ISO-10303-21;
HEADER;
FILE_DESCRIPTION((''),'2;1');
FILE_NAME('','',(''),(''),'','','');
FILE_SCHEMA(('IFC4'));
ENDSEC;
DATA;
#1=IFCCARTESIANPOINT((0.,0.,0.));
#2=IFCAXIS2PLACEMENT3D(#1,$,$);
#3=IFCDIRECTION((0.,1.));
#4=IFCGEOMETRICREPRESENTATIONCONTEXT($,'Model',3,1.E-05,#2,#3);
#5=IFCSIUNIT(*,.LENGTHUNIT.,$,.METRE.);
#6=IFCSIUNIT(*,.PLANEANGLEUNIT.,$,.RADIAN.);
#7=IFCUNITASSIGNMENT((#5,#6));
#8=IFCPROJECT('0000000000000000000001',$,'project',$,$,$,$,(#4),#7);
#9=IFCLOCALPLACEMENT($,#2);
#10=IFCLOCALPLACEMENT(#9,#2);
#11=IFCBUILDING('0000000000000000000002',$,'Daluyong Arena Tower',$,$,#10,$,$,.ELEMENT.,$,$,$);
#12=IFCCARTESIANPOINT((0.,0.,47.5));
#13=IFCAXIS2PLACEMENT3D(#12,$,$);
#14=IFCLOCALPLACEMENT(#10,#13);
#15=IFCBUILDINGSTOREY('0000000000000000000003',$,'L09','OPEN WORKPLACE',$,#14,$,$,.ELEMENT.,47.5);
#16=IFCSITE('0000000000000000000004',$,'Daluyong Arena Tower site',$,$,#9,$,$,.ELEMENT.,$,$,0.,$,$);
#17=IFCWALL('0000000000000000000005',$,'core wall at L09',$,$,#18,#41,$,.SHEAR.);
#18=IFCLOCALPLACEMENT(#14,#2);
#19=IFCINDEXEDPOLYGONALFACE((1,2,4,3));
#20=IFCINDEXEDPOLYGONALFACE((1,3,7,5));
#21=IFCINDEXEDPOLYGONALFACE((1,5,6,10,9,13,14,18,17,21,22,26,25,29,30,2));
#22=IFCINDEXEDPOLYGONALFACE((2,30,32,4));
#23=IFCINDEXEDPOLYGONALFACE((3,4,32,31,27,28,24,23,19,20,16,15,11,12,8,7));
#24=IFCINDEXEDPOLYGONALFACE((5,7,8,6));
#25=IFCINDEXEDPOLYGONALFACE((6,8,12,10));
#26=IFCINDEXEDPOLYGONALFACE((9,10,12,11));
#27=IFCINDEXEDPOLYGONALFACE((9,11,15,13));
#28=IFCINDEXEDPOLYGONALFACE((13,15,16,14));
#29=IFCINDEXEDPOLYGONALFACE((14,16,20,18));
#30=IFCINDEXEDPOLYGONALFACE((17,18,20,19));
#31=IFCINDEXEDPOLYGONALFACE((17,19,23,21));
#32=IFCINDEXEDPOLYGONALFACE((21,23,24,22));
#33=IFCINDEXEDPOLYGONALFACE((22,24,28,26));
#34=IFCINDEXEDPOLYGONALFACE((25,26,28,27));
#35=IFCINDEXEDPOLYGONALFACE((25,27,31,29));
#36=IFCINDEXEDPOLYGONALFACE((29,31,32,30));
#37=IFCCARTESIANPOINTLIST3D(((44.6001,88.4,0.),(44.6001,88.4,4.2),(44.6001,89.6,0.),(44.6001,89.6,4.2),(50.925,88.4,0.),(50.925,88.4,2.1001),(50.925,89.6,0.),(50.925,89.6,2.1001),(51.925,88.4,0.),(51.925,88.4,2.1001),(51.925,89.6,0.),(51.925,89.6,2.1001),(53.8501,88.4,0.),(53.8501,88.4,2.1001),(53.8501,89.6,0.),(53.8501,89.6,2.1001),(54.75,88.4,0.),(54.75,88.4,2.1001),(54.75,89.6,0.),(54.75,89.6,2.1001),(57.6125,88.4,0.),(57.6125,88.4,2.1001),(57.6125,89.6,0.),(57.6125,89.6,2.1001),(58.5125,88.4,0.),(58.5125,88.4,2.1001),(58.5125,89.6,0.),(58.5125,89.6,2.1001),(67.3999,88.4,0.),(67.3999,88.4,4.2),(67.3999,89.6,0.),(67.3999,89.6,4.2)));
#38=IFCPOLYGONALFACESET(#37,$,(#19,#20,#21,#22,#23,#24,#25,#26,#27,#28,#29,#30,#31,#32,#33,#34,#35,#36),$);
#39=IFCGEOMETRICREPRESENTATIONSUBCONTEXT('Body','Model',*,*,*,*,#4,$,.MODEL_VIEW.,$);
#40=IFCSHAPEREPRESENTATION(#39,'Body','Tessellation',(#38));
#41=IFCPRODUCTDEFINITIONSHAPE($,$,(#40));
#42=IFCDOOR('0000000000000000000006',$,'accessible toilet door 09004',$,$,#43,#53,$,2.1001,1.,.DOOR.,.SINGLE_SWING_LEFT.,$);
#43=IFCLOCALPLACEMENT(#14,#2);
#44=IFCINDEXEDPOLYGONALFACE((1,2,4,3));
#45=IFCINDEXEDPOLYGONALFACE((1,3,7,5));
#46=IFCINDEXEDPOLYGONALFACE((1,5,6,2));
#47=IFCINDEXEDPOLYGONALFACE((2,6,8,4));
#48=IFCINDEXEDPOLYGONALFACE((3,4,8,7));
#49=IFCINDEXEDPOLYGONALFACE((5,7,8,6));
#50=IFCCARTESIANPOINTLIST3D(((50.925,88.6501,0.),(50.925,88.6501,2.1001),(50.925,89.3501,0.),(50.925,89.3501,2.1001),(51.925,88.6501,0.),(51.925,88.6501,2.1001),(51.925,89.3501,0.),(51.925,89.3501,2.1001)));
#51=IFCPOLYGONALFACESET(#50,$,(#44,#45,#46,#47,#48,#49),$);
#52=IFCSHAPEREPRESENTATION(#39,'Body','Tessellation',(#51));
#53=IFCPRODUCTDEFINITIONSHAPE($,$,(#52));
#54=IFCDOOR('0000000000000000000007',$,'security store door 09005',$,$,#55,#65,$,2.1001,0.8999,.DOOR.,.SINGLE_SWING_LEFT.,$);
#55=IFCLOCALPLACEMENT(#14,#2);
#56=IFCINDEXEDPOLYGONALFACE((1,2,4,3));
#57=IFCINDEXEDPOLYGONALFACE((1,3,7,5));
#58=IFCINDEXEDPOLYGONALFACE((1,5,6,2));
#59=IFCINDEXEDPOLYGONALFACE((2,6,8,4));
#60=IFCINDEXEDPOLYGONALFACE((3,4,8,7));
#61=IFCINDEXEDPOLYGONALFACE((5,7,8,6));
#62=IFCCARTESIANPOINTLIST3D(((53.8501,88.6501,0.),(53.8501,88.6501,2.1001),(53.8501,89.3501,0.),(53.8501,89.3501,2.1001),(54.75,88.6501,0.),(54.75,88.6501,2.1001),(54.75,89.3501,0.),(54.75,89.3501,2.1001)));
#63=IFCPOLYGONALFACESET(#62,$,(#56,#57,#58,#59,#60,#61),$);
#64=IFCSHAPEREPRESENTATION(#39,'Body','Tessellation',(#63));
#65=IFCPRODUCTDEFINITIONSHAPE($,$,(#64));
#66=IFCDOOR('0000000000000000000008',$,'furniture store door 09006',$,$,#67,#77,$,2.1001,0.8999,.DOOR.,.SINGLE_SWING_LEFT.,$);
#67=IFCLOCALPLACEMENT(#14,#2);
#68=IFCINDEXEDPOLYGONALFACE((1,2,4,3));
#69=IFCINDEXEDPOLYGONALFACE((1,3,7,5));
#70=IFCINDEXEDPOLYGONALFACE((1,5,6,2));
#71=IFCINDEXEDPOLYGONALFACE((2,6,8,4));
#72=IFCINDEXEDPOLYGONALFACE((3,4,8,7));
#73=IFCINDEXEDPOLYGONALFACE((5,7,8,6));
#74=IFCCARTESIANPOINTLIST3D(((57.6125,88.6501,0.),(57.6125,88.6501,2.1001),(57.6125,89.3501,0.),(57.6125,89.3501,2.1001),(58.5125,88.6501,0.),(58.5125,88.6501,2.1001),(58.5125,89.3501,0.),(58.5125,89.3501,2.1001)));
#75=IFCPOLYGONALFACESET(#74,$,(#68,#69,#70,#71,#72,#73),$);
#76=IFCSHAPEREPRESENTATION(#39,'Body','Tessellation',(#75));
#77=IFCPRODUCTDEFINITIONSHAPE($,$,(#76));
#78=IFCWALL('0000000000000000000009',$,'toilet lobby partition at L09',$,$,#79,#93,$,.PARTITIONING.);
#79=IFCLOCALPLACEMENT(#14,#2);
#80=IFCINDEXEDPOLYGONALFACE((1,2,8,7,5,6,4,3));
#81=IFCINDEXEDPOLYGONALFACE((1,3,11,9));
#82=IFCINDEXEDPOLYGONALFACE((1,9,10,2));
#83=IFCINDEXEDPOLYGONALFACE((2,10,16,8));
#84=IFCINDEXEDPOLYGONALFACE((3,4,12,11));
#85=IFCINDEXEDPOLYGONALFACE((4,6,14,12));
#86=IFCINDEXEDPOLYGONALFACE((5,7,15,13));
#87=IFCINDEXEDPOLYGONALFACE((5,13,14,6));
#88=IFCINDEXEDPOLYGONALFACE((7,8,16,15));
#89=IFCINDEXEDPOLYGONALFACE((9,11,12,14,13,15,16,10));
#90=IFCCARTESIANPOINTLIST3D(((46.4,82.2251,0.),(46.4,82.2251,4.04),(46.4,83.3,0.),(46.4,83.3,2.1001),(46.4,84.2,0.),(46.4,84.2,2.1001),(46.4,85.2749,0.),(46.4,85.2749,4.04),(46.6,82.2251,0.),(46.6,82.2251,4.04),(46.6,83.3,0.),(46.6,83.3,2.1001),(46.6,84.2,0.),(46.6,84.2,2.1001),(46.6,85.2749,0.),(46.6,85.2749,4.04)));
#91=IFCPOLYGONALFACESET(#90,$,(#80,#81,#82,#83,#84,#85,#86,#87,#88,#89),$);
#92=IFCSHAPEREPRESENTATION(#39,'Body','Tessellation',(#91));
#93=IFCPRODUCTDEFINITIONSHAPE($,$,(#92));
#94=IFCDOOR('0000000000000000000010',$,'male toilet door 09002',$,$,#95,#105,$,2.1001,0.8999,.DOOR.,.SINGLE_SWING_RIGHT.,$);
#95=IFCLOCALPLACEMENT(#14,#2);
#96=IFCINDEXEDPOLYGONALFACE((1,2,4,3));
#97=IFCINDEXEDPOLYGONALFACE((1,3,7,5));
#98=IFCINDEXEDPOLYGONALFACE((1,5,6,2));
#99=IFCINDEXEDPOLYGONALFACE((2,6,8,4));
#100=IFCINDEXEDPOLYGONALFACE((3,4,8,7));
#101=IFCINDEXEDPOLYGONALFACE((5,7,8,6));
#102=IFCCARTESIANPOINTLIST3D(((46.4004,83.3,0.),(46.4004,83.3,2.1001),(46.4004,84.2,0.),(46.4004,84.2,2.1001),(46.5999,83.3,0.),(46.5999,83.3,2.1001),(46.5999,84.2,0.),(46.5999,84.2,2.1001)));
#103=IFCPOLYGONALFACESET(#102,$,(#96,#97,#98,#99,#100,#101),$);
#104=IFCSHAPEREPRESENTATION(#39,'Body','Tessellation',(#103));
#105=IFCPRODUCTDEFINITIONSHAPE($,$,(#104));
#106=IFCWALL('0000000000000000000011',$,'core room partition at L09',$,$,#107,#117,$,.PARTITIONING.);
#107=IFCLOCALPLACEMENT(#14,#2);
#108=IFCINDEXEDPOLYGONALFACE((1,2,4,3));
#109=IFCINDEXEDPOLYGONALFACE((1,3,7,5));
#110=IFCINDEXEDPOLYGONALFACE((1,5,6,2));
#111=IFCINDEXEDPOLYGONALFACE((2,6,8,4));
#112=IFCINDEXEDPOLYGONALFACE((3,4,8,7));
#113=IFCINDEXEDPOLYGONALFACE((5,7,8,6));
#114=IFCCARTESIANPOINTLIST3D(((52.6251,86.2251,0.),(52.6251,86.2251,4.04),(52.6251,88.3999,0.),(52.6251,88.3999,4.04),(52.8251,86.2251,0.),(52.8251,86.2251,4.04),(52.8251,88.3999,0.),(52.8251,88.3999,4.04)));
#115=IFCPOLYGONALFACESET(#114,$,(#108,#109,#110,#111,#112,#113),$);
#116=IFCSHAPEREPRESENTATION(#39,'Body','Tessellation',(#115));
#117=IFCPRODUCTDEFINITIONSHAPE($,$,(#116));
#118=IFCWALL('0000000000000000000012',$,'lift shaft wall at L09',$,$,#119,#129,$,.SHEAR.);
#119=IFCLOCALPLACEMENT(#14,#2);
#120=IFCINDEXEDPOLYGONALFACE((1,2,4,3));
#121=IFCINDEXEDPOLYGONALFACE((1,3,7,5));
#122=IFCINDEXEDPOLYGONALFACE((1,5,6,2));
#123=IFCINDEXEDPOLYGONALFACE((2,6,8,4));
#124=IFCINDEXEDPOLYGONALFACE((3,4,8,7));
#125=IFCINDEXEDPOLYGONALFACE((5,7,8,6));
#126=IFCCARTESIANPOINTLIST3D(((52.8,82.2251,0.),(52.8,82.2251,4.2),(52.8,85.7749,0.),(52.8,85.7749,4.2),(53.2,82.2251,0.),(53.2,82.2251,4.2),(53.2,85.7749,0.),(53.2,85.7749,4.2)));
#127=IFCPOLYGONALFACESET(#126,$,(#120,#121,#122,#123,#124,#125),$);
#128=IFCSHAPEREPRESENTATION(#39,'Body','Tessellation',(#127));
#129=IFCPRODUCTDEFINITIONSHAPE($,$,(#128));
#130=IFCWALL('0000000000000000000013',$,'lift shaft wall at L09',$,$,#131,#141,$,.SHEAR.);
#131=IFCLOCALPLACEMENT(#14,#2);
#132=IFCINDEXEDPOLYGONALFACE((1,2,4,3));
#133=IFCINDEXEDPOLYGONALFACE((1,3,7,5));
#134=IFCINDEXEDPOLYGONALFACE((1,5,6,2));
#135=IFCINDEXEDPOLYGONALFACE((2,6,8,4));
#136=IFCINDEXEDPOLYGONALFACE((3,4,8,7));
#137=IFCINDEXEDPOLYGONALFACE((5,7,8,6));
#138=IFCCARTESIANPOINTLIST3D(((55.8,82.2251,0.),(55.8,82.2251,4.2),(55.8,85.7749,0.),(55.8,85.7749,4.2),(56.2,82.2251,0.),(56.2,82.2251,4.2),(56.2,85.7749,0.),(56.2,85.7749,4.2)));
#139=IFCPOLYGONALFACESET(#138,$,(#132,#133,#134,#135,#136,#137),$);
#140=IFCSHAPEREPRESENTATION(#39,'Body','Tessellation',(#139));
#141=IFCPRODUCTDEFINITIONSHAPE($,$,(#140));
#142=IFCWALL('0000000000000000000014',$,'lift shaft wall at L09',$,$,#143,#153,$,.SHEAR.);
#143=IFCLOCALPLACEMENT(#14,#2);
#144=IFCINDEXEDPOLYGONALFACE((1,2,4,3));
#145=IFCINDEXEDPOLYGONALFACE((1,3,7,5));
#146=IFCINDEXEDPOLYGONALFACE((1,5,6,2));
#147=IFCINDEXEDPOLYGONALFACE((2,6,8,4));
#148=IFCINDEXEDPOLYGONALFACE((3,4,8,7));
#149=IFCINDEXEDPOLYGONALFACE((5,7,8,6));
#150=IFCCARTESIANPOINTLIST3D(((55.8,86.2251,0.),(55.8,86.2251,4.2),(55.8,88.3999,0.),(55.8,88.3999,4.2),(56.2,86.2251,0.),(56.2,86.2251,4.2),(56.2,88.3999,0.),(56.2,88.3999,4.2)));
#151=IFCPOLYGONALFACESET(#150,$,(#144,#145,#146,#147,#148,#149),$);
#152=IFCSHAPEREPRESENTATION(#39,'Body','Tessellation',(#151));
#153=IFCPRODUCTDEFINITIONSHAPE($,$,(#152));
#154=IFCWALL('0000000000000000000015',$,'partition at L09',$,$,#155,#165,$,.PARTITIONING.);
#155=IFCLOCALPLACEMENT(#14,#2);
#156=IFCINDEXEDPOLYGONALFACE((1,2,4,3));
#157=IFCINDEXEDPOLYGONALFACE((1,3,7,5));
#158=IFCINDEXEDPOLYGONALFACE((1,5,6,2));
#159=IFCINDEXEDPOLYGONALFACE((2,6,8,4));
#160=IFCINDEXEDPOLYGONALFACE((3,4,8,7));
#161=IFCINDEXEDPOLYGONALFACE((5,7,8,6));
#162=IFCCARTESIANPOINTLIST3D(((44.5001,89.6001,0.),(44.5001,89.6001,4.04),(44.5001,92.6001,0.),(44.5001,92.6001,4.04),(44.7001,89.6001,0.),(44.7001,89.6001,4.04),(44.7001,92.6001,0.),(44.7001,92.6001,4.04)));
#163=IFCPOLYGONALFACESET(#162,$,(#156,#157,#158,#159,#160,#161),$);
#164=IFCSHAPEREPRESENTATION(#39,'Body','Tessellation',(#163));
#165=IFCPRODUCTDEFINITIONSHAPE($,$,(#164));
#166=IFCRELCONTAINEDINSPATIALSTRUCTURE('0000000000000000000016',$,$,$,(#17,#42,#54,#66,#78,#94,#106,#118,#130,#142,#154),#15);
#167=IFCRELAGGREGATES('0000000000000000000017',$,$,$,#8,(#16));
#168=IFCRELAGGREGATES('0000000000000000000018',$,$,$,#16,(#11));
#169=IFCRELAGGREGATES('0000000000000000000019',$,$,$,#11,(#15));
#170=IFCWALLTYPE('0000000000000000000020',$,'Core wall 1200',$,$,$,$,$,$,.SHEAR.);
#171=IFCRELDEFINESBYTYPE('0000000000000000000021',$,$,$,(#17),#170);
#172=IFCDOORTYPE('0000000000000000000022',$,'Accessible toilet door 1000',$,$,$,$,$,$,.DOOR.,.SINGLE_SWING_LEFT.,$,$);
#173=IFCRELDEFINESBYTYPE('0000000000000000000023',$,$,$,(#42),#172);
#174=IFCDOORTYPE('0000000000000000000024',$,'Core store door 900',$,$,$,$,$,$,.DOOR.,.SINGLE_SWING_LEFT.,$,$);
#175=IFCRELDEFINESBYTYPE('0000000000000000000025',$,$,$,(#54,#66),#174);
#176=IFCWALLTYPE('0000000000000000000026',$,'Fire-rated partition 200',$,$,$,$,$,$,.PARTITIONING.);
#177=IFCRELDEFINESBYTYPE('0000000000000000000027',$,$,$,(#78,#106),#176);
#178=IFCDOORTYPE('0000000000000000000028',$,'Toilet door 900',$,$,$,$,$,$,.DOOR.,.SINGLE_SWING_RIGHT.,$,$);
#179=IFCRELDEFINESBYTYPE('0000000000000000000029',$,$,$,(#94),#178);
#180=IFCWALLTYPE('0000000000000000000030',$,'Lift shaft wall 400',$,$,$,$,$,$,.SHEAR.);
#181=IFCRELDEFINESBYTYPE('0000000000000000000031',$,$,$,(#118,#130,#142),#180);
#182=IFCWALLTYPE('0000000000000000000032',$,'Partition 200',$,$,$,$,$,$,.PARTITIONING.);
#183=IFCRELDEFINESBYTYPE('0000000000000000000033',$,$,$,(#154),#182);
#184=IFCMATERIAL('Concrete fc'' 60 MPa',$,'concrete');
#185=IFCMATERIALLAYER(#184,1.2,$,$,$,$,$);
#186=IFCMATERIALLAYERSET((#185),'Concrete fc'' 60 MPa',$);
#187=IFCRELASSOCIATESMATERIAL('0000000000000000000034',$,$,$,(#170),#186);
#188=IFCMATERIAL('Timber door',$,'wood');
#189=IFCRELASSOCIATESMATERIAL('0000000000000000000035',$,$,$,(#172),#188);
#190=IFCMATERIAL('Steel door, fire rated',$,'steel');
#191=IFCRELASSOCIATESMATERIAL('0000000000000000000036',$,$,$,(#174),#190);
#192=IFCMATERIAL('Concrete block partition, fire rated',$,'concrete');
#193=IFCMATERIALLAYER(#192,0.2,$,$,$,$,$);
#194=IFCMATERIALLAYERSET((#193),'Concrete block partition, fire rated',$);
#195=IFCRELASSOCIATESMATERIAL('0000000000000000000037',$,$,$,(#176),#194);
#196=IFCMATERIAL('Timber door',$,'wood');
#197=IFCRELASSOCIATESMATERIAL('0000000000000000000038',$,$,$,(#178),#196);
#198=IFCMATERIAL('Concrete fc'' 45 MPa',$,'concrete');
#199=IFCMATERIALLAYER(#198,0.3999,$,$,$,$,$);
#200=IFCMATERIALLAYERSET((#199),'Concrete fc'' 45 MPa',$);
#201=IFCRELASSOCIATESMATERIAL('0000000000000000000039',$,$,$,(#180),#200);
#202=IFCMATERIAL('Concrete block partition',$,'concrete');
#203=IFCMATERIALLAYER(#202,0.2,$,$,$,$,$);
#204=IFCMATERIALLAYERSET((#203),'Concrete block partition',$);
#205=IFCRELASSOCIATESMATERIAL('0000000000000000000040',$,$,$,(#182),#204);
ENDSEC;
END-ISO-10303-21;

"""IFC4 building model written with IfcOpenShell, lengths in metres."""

from ifc_helpers import new_model, si_unit, direction, frame, frame_2d, origin, place, context, subcontext, project, spatial, rectangle, extrude, material, layer, layer_set, type_object, element, fill, save


model = new_model("IFC4")

# Units and contexts
model_context = context("Model", 3, precision=1e-05, world=origin(), true_north=direction((0.0, 1.0)))
body_context = subcontext(model_context, "Body", "Model", "MODEL_VIEW")
ifc_project = project(units=[si_unit("LENGTHUNIT", "METRE"), si_unit("PLANEANGLEUNIT", "RADIAN")], contexts=[model_context])

# Site, building, storey
site_placement = place(None, origin())
site = spatial("IfcSite", under=ifc_project, at=site_placement, Name="Daluyong Arena Tower site", CompositionType="ELEMENT", RefElevation=0.0)
building_placement = place(site_placement, origin())
building = spatial("IfcBuilding", under=site, at=building_placement, Name="Daluyong Arena Tower", CompositionType="ELEMENT")
storey_placement = place(building_placement, frame((0.0, 0.0, 47.5)))
storey = spatial("IfcBuildingStorey", under=building, at=storey_placement, Name="L09", Description="OPEN WORKPLACE", CompositionType="ELEMENT", Elevation=47.5)

# Wall, openings, doors
ifc_material_1 = material(Name="Concrete fc' 60 MPa", Category="concrete")
ifc_layer_1 = layer(ifc_material_1, 1.2)
ifc_layer_set_1 = layer_set([ifc_layer_1], Name="Concrete fc' 60 MPa")
wall_type_1 = type_object("IfcWallType", Name="Core wall 1200", PredefinedType="SHEAR", material=ifc_layer_set_1)
wall_1_placement = place(storey_placement, frame((44.6001, 89.0, 0.0), z_axis=(0.0, 0.0, 1.0), x_axis=(1.0, 0.0, 0.0)))
wall_1 = element("IfcWall", 1, at=wall_1_placement, inside=storey, type_object=wall_type_1, Name="core wall at L09", PredefinedType="SHEAR", context=body_context, shape_type="SweptSolid", body=[
    extrude(rectangle(XDim=22.7998, YDim=1.2, at=frame_2d((11.3999, 0.0))), origin(), (0.0, 0.0, 1.0), 4.2),
])
opening_1_placement = place(wall_1_placement, frame((6.325, 0.0, 0.0)))
opening_1 = element("IfcOpeningElement", 2, at=opening_1_placement, cuts=wall_1, PredefinedType="OPENING", context=body_context, shape_type="SweptSolid", body=[
    extrude(rectangle(XDim=1.0, YDim=2.1001, at=frame_2d((0.5, 1.05))), frame((0.0, 0.6099, 0.0), z_axis=(0.0, -1.0, 0.0), x_axis=(1.0, 0.0, 0.0)), (0.0, 0.0, 1.0), 1.22),
])
opening_2_placement = place(wall_1_placement, frame((9.25, 0.0, 0.0)))
opening_2 = element("IfcOpeningElement", 3, at=opening_2_placement, cuts=wall_1, PredefinedType="OPENING", context=body_context, shape_type="SweptSolid", body=[
    extrude(rectangle(XDim=0.8999, YDim=2.1001, at=frame_2d((0.45, 1.05))), frame((0.0, 0.6099, 0.0), z_axis=(0.0, -1.0, 0.0), x_axis=(1.0, 0.0, 0.0)), (0.0, 0.0, 1.0), 1.22),
])
opening_3_placement = place(wall_1_placement, frame((13.0125, 0.0, 0.0)))
opening_3 = element("IfcOpeningElement", 4, at=opening_3_placement, cuts=wall_1, PredefinedType="OPENING", context=body_context, shape_type="SweptSolid", body=[
    extrude(rectangle(XDim=0.8999, YDim=2.1001, at=frame_2d((0.45, 1.05))), frame((0.0, 0.6099, 0.0), z_axis=(0.0, -1.0, 0.0), x_axis=(1.0, 0.0, 0.0)), (0.0, 0.0, 1.0), 1.22),
])
ifc_material_2 = material(Name="Timber door", Category="wood")
door_type_1 = type_object("IfcDoorType", Name="Accessible toilet door 1000", OperationType="SINGLE_SWING_LEFT", PredefinedType="DOOR", material=ifc_material_2)
door_1_placement = place(opening_1_placement, origin())
door_1 = element("IfcDoor", 5, at=door_1_placement, inside=storey, type_object=door_type_1, Name="accessible toilet door 09004", OperationType="SINGLE_SWING_LEFT", OverallHeight=2.1001, OverallWidth=1.0, PredefinedType="DOOR", context=body_context, shape_type="SweptSolid", body=[
    extrude(rectangle(XDim=1.0, YDim=2.1001, at=frame_2d((0.5, 1.05))), frame((0.0, 0.3501, 0.0), z_axis=(0.0, -1.0, 0.0), x_axis=(1.0, 0.0, 0.0)), (0.0, 0.0, 1.0), 0.7),
])
fill(opening_1, door_1)
ifc_material_3 = material(Name="Steel door, fire rated", Category="steel")
door_type_2 = type_object("IfcDoorType", Name="Core store door 900", OperationType="SINGLE_SWING_LEFT", PredefinedType="DOOR", material=ifc_material_3)
door_2_placement = place(opening_2_placement, origin())
door_2 = element("IfcDoor", 6, at=door_2_placement, inside=storey, type_object=door_type_2, Name="security store door 09005", OperationType="SINGLE_SWING_LEFT", OverallHeight=2.1001, OverallWidth=0.8999, PredefinedType="DOOR", context=body_context, shape_type="SweptSolid", body=[
    extrude(rectangle(XDim=0.8999, YDim=2.1001, at=frame_2d((0.45, 1.05))), frame((0.0, 0.3501, 0.0), z_axis=(0.0, -1.0, 0.0), x_axis=(1.0, 0.0, 0.0)), (0.0, 0.0, 1.0), 0.7),
])
fill(opening_2, door_2)
door_3_placement = place(opening_3_placement, origin())
door_3 = element("IfcDoor", 7, at=door_3_placement, inside=storey, type_object=door_type_2, Name="furniture store door 09006", OperationType="SINGLE_SWING_LEFT", OverallHeight=2.1001, OverallWidth=0.8999, PredefinedType="DOOR", context=body_context, shape_type="SweptSolid", body=[
    extrude(rectangle(XDim=0.8999, YDim=2.1001, at=frame_2d((0.45, 1.05))), frame((0.0, 0.3501, 0.0), z_axis=(0.0, -1.0, 0.0), x_axis=(1.0, 0.0, 0.0)), (0.0, 0.0, 1.0), 0.7),
])
fill(opening_3, door_3)

# Wall, opening, door
ifc_material_4 = material(Name="Concrete block partition, fire rated", Category="concrete")
ifc_layer_2 = layer(ifc_material_4, 0.2)
ifc_layer_set_2 = layer_set([ifc_layer_2], Name="Concrete block partition, fire rated")
wall_type_2 = type_object("IfcWallType", Name="Fire-rated partition 200", PredefinedType="PARTITIONING", material=ifc_layer_set_2)
wall_2_placement = place(storey_placement, frame((46.5, 82.2251, 0.0), z_axis=(0.0, 0.0, 1.0), x_axis=(0.0, 1.0, 0.0)))
wall_2 = element("IfcWall", 8, at=wall_2_placement, inside=storey, type_object=wall_type_2, Name="toilet lobby partition at L09", PredefinedType="PARTITIONING", context=body_context, shape_type="SweptSolid", body=[
    extrude(rectangle(XDim=3.0498, YDim=0.2, at=frame_2d((1.5249, 0.0))), origin(), (0.0, 0.0, 1.0), 4.04),
])
opening_4_placement = place(wall_2_placement, frame((1.075, 0.0, 0.0)))
opening_4 = element("IfcOpeningElement", 9, at=opening_4_placement, cuts=wall_2, PredefinedType="OPENING", context=body_context, shape_type="SweptSolid", body=[
    extrude(rectangle(XDim=0.8999, YDim=2.1001, at=frame_2d((0.45, 1.05))), frame((0.0, 0.1099, 0.0), z_axis=(0.0, -1.0, 0.0), x_axis=(1.0, 0.0, 0.0)), (0.0, 0.0, 1.0), 0.22),
])
ifc_material_5 = material(Name="Timber door", Category="wood")
door_type_3 = type_object("IfcDoorType", Name="Toilet door 900", OperationType="SINGLE_SWING_RIGHT", PredefinedType="DOOR", material=ifc_material_5)
door_4_placement = place(opening_4_placement, origin())
door_4 = element("IfcDoor", 10, at=door_4_placement, inside=storey, type_object=door_type_3, Name="male toilet door 09002", OperationType="SINGLE_SWING_RIGHT", OverallHeight=2.1001, OverallWidth=0.8999, PredefinedType="DOOR", context=body_context, shape_type="SweptSolid", body=[
    extrude(rectangle(XDim=0.8999, YDim=2.1001, at=frame_2d((0.45, 1.05))), frame((0.0, 0.0996, 0.0), z_axis=(0.0, -1.0, 0.0), x_axis=(1.0, 0.0, 0.0)), (0.0, 0.0, 1.0), 0.1995),
])
fill(opening_4, door_4)

# Walls
wall_3_placement = place(storey_placement, frame((52.7251, 86.2251, 0.0), z_axis=(0.0, 0.0, 1.0), x_axis=(0.0, 1.0, 0.0)))
element("IfcWall", 11, at=wall_3_placement, inside=storey, type_object=wall_type_2, Name="core room partition at L09", PredefinedType="PARTITIONING", context=body_context, shape_type="SweptSolid", body=[
    extrude(rectangle(XDim=2.1748, YDim=0.2, at=frame_2d((1.0874, 0.0))), origin(), (0.0, 0.0, 1.0), 4.04),
])
ifc_material_6 = material(Name="Concrete fc' 45 MPa", Category="concrete")
ifc_layer_3 = layer(ifc_material_6, 0.3999)
ifc_layer_set_3 = layer_set([ifc_layer_3], Name="Concrete fc' 45 MPa")
wall_type_3 = type_object("IfcWallType", Name="Lift shaft wall 400", PredefinedType="SHEAR", material=ifc_layer_set_3)
for number, where, z_axis, x_axis, name in (
    (12, (53.0, 82.2251, 0.0), (0.0, 0.0, 1.0), (0.0, 1.0, 0.0), "lift shaft wall at L09"),
    (13, (56.0, 82.2251, 0.0), (0.0, 0.0, 1.0), (0.0, 1.0, 0.0), "lift shaft wall at L09"),
):
    element("IfcWall", number, at=place(storey_placement, frame(where, z_axis=z_axis, x_axis=x_axis)), inside=storey, type_object=wall_type_3, Name=name, PredefinedType="SHEAR", context=body_context, shape_type="SweptSolid", body=[
        extrude(rectangle(XDim=3.5498, YDim=0.3999, at=frame_2d((1.7749, 0.0))), origin(), (0.0, 0.0, 1.0), 4.2),
    ])
wall_4_placement = place(storey_placement, frame((56.0, 86.2251, 0.0), z_axis=(0.0, 0.0, 1.0), x_axis=(0.0, 1.0, 0.0)))
element("IfcWall", 14, at=wall_4_placement, inside=storey, type_object=wall_type_3, Name="lift shaft wall at L09", PredefinedType="SHEAR", context=body_context, shape_type="SweptSolid", body=[
    extrude(rectangle(XDim=2.1748, YDim=0.3999, at=frame_2d((1.0874, 0.0))), origin(), (0.0, 0.0, 1.0), 4.2),
])
ifc_material_7 = material(Name="Concrete block partition", Category="concrete")
ifc_layer_4 = layer(ifc_material_7, 0.2)
ifc_layer_set_4 = layer_set([ifc_layer_4], Name="Concrete block partition")
wall_type_4 = type_object("IfcWallType", Name="Partition 200", PredefinedType="PARTITIONING", material=ifc_layer_set_4)
for number, where, z_axis, x_axis, name in (
    (15, (44.6001, 89.6001, 0.0), (0.0, 0.0, 1.0), (0.0, 1.0, 0.0), "partition at L09"),
):
    element("IfcWall", number, at=place(storey_placement, frame(where, z_axis=z_axis, x_axis=x_axis)), inside=storey, type_object=wall_type_4, Name=name, PredefinedType="PARTITIONING", context=body_context, shape_type="SweptSolid", body=[
        extrude(rectangle(XDim=3.0, YDim=0.2, at=frame_2d((1.5, 0.0))), origin(), (0.0, 0.0, 1.0), 4.04),
    ])

save(model, "model.ifc")
